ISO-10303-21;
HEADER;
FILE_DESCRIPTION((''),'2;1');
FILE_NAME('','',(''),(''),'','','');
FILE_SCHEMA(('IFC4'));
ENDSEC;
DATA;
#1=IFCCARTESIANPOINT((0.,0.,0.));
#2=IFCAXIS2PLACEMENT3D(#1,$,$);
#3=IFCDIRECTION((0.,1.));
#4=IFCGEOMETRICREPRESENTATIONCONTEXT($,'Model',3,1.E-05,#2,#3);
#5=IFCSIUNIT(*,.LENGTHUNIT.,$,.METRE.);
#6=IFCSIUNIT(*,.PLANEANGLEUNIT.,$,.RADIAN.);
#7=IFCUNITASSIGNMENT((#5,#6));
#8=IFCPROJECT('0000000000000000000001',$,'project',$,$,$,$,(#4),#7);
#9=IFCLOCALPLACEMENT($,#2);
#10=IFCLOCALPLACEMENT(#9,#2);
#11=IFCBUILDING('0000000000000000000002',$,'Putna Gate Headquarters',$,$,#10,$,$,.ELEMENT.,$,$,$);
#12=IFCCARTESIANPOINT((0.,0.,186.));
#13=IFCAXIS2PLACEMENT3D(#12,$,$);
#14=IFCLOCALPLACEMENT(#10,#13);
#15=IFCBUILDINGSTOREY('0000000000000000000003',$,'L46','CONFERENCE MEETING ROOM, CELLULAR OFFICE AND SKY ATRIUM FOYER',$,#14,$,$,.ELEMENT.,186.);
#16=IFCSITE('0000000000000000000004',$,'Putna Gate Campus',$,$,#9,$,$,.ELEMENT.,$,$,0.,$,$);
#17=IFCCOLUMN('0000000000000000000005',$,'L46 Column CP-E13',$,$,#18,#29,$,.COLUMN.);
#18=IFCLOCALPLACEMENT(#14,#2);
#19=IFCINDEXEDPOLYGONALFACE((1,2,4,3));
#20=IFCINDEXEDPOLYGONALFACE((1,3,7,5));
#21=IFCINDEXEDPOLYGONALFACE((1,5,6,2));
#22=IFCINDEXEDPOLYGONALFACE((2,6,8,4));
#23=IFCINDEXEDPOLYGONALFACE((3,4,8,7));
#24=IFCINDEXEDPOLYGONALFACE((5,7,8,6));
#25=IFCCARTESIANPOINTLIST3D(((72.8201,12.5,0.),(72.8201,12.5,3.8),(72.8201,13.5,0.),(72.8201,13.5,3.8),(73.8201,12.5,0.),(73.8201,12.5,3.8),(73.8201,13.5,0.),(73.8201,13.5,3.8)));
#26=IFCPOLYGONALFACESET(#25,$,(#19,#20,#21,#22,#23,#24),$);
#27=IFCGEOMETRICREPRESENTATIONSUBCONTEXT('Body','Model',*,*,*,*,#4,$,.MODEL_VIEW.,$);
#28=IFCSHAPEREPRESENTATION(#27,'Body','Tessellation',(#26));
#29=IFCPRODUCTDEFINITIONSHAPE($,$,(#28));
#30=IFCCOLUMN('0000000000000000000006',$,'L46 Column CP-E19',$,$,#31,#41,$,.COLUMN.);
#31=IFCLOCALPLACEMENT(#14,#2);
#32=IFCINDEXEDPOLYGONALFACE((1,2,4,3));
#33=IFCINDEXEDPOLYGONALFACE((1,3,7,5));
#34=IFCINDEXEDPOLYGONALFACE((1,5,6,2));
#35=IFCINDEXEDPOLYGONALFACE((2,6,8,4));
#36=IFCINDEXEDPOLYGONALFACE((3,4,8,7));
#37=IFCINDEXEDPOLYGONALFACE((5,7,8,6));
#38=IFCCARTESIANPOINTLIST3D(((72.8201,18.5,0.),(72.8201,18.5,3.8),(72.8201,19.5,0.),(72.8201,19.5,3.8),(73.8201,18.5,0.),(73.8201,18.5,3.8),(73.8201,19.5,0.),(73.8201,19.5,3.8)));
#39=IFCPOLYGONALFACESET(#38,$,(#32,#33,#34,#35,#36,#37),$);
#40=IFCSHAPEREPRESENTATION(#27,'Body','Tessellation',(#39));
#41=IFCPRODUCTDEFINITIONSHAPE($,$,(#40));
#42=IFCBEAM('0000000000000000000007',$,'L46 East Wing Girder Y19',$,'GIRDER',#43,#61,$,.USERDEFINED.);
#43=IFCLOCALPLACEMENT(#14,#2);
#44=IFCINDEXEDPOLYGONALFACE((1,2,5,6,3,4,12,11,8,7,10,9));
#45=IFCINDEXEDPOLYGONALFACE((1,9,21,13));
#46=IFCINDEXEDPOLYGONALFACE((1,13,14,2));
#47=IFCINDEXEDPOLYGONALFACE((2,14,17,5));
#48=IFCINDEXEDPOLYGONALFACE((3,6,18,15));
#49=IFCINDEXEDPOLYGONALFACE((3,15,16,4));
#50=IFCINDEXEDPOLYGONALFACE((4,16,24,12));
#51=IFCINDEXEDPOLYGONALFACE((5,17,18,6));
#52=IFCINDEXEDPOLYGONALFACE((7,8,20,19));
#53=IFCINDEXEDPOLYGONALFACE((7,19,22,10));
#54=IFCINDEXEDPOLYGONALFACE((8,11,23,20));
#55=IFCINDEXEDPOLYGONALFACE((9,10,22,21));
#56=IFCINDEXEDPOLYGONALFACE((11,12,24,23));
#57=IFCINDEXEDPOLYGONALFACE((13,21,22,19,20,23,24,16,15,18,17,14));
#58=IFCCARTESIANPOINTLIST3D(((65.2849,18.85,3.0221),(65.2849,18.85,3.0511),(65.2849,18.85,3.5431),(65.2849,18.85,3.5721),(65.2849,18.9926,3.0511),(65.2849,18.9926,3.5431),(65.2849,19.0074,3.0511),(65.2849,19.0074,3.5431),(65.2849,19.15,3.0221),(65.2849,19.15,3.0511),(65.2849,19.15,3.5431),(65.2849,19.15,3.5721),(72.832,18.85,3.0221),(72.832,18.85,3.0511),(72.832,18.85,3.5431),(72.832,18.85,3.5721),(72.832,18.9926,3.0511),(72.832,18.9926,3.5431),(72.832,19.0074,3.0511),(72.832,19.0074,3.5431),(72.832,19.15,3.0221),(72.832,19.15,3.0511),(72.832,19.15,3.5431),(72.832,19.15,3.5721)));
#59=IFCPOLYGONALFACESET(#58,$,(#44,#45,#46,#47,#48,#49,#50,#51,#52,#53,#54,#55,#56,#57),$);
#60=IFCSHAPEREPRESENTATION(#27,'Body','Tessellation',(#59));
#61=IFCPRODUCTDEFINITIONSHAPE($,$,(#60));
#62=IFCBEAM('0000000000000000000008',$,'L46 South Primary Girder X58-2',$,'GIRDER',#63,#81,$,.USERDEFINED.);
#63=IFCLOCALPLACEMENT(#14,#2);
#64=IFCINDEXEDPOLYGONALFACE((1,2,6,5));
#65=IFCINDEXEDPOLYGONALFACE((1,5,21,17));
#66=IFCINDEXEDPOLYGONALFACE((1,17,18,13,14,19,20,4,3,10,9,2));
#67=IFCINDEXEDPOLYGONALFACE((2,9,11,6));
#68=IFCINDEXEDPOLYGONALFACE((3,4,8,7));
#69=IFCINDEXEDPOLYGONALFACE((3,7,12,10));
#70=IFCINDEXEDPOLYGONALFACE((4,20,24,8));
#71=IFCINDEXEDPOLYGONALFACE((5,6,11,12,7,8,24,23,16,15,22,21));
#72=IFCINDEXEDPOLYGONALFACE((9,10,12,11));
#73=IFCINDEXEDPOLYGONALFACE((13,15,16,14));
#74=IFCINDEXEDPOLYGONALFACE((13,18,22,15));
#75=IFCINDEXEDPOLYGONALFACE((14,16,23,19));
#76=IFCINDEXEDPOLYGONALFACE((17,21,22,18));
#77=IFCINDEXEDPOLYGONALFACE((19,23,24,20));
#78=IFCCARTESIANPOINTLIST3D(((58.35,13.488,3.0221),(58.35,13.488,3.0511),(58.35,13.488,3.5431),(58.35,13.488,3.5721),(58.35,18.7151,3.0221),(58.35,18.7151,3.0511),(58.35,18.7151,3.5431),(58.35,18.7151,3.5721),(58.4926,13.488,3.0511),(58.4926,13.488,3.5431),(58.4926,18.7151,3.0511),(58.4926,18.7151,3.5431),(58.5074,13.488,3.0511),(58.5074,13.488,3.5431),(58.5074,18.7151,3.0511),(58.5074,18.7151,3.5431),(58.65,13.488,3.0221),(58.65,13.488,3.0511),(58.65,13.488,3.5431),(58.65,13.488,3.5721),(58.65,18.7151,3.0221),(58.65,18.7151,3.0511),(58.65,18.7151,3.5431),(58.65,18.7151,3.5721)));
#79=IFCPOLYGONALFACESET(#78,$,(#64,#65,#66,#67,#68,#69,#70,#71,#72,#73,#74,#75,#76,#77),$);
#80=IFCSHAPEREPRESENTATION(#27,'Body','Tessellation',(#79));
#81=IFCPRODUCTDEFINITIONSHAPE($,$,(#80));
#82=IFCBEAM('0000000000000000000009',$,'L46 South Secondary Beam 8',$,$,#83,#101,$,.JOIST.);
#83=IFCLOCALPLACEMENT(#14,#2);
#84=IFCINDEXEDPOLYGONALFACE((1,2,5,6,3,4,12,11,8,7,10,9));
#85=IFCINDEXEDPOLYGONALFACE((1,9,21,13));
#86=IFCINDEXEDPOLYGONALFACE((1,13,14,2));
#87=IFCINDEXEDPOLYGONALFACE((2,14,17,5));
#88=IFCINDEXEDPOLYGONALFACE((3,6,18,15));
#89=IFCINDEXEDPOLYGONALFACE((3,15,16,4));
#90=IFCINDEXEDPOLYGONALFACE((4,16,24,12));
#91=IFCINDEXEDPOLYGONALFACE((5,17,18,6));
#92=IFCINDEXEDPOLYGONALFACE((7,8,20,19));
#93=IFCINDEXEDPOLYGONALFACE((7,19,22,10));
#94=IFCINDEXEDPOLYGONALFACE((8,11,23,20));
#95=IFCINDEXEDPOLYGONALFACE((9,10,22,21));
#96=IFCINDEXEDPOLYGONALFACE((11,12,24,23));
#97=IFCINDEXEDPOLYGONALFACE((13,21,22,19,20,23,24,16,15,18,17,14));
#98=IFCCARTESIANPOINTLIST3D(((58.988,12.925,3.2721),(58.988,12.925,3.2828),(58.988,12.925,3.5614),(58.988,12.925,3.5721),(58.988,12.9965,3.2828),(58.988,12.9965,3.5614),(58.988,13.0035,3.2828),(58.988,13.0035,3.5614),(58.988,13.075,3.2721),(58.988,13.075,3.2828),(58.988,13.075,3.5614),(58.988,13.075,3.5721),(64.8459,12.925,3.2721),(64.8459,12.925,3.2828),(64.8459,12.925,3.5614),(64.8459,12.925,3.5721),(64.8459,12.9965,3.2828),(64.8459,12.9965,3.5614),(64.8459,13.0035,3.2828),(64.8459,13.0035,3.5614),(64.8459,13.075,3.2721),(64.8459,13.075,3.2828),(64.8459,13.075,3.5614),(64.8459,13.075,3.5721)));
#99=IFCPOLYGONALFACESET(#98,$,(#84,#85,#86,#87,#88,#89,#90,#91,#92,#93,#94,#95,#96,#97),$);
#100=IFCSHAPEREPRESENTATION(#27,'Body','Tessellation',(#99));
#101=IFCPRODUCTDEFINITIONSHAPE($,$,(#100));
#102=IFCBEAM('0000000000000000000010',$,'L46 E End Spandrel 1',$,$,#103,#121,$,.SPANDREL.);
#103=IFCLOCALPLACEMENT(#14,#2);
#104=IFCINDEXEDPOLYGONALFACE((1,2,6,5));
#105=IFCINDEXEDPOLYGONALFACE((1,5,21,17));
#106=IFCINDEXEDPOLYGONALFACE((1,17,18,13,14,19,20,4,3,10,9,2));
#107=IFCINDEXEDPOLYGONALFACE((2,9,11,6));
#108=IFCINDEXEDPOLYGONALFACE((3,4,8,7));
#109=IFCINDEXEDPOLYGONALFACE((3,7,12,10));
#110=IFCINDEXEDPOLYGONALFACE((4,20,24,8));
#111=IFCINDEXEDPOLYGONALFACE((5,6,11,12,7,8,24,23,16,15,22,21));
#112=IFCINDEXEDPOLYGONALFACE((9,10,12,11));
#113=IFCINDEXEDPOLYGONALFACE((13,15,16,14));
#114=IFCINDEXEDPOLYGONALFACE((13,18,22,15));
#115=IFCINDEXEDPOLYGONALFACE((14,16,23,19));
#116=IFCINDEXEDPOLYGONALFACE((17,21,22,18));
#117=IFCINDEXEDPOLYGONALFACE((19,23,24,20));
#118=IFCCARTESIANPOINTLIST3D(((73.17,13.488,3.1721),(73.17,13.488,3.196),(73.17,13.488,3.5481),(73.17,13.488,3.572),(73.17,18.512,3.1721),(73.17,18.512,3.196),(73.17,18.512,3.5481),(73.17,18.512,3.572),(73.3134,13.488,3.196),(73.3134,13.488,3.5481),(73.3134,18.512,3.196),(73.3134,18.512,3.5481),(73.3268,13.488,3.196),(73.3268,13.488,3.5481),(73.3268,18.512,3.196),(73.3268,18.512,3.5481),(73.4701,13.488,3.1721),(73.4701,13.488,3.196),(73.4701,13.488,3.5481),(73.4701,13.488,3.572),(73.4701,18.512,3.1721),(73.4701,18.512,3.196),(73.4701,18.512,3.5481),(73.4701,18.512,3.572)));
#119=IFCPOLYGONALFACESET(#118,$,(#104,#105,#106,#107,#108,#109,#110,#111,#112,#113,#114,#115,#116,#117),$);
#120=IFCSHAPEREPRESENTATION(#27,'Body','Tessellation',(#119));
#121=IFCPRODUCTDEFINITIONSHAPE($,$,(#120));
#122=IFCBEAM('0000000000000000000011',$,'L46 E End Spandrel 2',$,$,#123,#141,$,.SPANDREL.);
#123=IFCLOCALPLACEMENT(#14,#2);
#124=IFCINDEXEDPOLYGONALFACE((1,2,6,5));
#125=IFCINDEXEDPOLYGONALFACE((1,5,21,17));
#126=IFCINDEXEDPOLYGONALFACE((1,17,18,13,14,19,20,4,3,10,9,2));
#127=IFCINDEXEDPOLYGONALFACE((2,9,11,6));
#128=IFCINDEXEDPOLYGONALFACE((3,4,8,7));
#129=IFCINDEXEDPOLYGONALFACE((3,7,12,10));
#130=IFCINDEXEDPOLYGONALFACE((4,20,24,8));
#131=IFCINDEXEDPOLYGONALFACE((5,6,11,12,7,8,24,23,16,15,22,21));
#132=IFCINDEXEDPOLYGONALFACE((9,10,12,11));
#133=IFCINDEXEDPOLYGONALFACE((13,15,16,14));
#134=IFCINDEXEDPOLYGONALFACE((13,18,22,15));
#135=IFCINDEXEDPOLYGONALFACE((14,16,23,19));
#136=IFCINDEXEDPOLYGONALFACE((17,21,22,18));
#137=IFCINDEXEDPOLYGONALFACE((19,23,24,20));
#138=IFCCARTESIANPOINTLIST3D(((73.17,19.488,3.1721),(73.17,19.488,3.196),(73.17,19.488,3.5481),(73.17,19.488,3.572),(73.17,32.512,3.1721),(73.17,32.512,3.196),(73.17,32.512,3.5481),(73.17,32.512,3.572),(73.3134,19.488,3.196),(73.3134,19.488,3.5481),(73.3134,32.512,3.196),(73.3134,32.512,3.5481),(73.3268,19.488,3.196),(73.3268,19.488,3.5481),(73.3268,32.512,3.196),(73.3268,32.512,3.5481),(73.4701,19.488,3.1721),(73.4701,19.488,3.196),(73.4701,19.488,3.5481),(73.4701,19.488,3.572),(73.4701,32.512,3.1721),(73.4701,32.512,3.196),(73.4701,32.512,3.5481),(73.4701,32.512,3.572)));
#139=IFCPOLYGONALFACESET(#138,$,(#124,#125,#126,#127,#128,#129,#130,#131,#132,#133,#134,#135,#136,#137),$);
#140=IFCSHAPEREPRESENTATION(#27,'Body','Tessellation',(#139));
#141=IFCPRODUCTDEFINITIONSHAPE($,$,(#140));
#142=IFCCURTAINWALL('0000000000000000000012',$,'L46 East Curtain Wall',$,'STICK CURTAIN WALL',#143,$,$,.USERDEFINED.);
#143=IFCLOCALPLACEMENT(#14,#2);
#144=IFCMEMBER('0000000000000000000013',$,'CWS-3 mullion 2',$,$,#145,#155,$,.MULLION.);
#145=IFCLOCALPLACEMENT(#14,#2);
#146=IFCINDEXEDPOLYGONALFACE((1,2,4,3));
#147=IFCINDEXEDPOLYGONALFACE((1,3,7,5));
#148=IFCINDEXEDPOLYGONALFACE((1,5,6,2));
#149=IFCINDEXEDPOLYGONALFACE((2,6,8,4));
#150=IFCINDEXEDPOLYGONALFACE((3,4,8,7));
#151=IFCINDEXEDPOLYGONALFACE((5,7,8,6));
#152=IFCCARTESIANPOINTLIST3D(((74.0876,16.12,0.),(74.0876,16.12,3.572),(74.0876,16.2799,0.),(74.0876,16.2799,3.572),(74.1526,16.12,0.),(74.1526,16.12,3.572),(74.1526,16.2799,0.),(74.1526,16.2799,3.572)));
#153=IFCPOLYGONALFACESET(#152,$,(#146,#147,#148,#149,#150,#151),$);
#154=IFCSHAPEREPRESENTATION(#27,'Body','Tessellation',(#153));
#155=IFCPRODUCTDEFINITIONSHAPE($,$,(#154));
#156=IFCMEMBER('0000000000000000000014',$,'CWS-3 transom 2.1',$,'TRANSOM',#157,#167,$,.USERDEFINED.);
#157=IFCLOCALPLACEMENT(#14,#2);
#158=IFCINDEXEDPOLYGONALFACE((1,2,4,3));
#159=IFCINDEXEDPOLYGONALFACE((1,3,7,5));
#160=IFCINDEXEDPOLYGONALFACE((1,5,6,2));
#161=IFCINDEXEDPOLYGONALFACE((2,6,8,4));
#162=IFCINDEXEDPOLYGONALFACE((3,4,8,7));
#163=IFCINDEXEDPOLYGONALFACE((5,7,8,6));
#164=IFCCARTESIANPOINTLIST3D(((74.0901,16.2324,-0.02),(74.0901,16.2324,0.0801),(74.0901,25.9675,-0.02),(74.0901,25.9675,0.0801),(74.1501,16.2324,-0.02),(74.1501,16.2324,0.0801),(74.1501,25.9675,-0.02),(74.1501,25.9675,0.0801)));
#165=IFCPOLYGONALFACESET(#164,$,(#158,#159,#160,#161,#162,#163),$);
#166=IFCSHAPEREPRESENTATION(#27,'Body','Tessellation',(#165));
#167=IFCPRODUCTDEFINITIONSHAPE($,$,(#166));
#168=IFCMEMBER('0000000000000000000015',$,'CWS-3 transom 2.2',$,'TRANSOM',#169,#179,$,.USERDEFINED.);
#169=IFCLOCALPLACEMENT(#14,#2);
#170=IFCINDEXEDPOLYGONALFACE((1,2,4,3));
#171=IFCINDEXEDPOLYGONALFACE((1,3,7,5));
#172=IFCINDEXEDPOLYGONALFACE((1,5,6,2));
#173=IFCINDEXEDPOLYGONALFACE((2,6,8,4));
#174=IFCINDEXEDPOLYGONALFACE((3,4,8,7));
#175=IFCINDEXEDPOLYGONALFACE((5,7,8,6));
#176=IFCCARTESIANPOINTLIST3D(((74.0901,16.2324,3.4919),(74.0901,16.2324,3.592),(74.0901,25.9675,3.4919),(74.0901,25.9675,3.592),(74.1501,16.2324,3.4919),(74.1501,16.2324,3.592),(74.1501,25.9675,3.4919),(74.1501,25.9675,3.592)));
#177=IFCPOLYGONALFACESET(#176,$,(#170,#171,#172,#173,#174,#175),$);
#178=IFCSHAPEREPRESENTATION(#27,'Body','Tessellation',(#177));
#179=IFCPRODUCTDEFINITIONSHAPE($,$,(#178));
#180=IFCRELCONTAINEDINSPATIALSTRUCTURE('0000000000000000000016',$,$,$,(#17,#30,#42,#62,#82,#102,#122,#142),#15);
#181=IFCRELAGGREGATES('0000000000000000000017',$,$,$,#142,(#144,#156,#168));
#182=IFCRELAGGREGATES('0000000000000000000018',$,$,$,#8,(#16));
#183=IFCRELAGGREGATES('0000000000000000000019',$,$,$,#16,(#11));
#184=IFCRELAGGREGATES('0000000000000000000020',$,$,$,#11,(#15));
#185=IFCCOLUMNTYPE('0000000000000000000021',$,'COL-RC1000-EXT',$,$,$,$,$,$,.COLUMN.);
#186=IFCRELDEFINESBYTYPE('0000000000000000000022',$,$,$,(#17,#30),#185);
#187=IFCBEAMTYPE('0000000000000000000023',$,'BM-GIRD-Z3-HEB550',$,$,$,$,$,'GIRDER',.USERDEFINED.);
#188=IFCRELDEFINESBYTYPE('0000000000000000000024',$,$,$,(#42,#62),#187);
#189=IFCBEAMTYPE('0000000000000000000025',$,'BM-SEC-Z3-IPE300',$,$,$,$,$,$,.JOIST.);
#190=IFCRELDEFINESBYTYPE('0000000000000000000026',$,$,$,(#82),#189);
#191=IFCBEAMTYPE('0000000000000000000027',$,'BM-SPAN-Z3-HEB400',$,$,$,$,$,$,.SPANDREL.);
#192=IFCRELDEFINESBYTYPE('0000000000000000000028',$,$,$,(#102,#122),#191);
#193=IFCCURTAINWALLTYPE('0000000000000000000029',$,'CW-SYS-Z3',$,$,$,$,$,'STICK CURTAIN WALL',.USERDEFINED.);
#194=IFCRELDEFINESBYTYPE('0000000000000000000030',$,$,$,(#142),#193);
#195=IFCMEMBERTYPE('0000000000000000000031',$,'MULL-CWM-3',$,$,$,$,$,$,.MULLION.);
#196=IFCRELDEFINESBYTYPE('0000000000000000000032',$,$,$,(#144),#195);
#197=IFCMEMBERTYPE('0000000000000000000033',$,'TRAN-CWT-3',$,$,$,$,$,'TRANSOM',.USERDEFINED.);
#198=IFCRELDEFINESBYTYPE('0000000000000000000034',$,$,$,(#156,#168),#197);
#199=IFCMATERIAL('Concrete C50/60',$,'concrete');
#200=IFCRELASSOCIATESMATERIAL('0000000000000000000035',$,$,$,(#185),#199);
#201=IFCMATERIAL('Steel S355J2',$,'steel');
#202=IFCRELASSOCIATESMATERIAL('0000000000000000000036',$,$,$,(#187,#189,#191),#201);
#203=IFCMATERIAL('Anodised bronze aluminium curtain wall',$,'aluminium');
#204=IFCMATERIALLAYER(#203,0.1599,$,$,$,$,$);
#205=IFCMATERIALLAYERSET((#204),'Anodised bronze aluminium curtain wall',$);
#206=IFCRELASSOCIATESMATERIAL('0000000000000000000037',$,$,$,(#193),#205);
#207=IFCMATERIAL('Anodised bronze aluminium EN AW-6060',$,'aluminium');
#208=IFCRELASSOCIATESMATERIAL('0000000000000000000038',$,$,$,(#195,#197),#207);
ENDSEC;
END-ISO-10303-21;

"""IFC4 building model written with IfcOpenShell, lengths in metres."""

from ifc_helpers import new_model, si_unit, direction, frame, origin, origin_2d, place, context, subcontext, project, spatial, rectangle, i_section, extrude, material, layer, layer_set, material_profile, profile_set, type_object, element, aggregate, save


model = new_model("IFC4")

# Units and contexts
model_context = context("Model", 3, precision=1e-05, world=origin(), true_north=direction((0.0, 1.0)))
body_context = subcontext(model_context, "Body", "Model", "MODEL_VIEW")
ifc_project = project(units=[si_unit("LENGTHUNIT", "METRE"), si_unit("PLANEANGLEUNIT", "RADIAN")], contexts=[model_context])

# Site, building, storey
site_placement = place(None, origin())
site = spatial("IfcSite", under=ifc_project, at=site_placement, Name="Putna Gate Campus", CompositionType="ELEMENT", RefElevation=0.0)
building_placement = place(site_placement, origin())
building = spatial("IfcBuilding", under=site, at=building_placement, Name="Putna Gate Headquarters", CompositionType="ELEMENT")
storey_placement = place(building_placement, frame((0.0, 0.0, 186.0)))
storey = spatial("IfcBuildingStorey", under=building, at=storey_placement, Name="L46", Description="CONFERENCE MEETING ROOM, CELLULAR OFFICE AND SKY ATRIUM FOYER", CompositionType="ELEMENT", Elevation=186.0)

# Columns
ifc_material_1 = material(Name="Concrete C50/60", Category="concrete")
ifc_material_profile_1 = material_profile(ifc_material_1, rectangle(XDim=1.0, YDim=1.0, at=origin_2d()), Name="Concrete C50/60")
ifc_profile_set_1 = profile_set([ifc_material_profile_1], Name="Concrete C50/60")
column_type = type_object("IfcColumnType", Name="COL-RC1000-EXT", PredefinedType="COLUMN", material=ifc_profile_set_1)
for number, where, z_axis, x_axis, name in (
    (1, (73.3201, 13.0, 0.0), (0.0, 0.0, 1.0), (1.0, 0.0, 0.0), "L46 Column CP-E13"),
    (2, (73.3201, 19.0, 0.0), (0.0, 0.0, 1.0), (1.0, 0.0, 0.0), "L46 Column CP-E19"),
):
    element("IfcColumn", number, at=place(storey_placement, frame(where, z_axis=z_axis, x_axis=x_axis)), inside=storey, type_object=column_type, Name=name, PredefinedType="COLUMN", context=body_context, shape_type="SweptSolid", body=[
        extrude(rectangle(XDim=1.0, YDim=1.0, at=origin_2d()), origin(), (0.0, 0.0, 1.0), 3.8),
    ])

# Beams
ifc_material_2 = material(Name="Steel S355J2", Category="steel")
ifc_material_profile_2 = material_profile(ifc_material_2, i_section(OverallWidth=0.3, OverallDepth=0.55, WebThickness=0.0149, FlangeThickness=0.0291, at=origin_2d()), Name="Steel S355J2")
ifc_profile_set_2 = profile_set([ifc_material_profile_2], Name="Steel S355J2")
beam_type_1 = type_object("IfcBeamType", Name="BM-GIRD-Z3-HEB550", ElementType="GIRDER", PredefinedType="USERDEFINED", material=ifc_profile_set_2)
beam_1_placement = place(storey_placement, frame((65.2849, 19.0, 3.2971), z_axis=(1.0, 0.0, 0.0), x_axis=(0.0, 1.0, 0.0)))
element("IfcBeam", 3, at=beam_1_placement, inside=storey, type_object=beam_type_1, Name="L46 East Wing Girder Y19", ObjectType="GIRDER", PredefinedType="USERDEFINED", context=body_context, shape_type="SweptSolid", body=[
    extrude(i_section(OverallWidth=0.3, OverallDepth=0.55, WebThickness=0.0149, FlangeThickness=0.0291, at=origin_2d()), origin(), (0.0, 0.0, 1.0), 7.5471),
])
beam_2_placement = place(storey_placement, frame((58.5, 13.488, 3.2971), z_axis=(0.0, 1.0, 0.0), x_axis=(-1.0, 0.0, 0.0)))
element("IfcBeam", 4, at=beam_2_placement, inside=storey, type_object=beam_type_1, Name="L46 South Primary Girder X58-2", ObjectType="GIRDER", PredefinedType="USERDEFINED", context=body_context, shape_type="SweptSolid", body=[
    extrude(i_section(OverallWidth=0.3, OverallDepth=0.55, WebThickness=0.0149, FlangeThickness=0.0291, at=origin_2d()), origin(), (0.0, 0.0, 1.0), 5.2271),
])
ifc_material_profile_3 = material_profile(ifc_material_2, i_section(OverallWidth=0.1499, OverallDepth=0.3, WebThickness=0.0071, FlangeThickness=0.0107, at=origin_2d()), Name="Steel S355J2")
ifc_profile_set_3 = profile_set([ifc_material_profile_3], Name="Steel S355J2")
beam_type_2 = type_object("IfcBeamType", Name="BM-SEC-Z3-IPE300", PredefinedType="JOIST", material=ifc_profile_set_3)
beam_3_placement = place(storey_placement, frame((58.988, 13.0, 3.4221), z_axis=(1.0, 0.0, 0.0), x_axis=(0.0, 1.0, 0.0)))
element("IfcBeam", 5, at=beam_3_placement, inside=storey, type_object=beam_type_2, Name="L46 South Secondary Beam 8", PredefinedType="JOIST", context=body_context, shape_type="SweptSolid", body=[
    extrude(i_section(OverallWidth=0.1499, OverallDepth=0.3, WebThickness=0.0071, FlangeThickness=0.0107, at=origin_2d()), origin(), (0.0, 0.0, 1.0), 5.8579),
])
ifc_material_profile_4 = material_profile(ifc_material_2, i_section(OverallWidth=0.3, OverallDepth=0.3999, WebThickness=0.0134, FlangeThickness=0.0239, at=origin_2d()), Name="Steel S355J2")
ifc_profile_set_4 = profile_set([ifc_material_profile_4], Name="Steel S355J2")
beam_type_3 = type_object("IfcBeamType", Name="BM-SPAN-Z3-HEB400", PredefinedType="SPANDREL", material=ifc_profile_set_4)
beam_4_placement = place(storey_placement, frame((73.3201, 13.488, 3.3721), z_axis=(0.0, 1.0, 0.0), x_axis=(-1.0, 0.0, 0.0)))
element("IfcBeam", 6, at=beam_4_placement, inside=storey, type_object=beam_type_3, Name="L46 E End Spandrel 1", PredefinedType="SPANDREL", context=body_context, shape_type="SweptSolid", body=[
    extrude(i_section(OverallWidth=0.3, OverallDepth=0.3999, WebThickness=0.0134, FlangeThickness=0.0239, at=origin_2d()), origin(), (0.0, 0.0, 1.0), 5.0239),
])
beam_5_placement = place(storey_placement, frame((73.3201, 19.488, 3.3721), z_axis=(0.0, 1.0, 0.0), x_axis=(-1.0, 0.0, 0.0)))
element("IfcBeam", 7, at=beam_5_placement, inside=storey, type_object=beam_type_3, Name="L46 E End Spandrel 2", PredefinedType="SPANDREL", context=body_context, shape_type="SweptSolid", body=[
    extrude(i_section(OverallWidth=0.3, OverallDepth=0.3999, WebThickness=0.0134, FlangeThickness=0.0239, at=origin_2d()), origin(), (0.0, 0.0, 1.0), 13.0239),
])

# Curtain wall, members
ifc_material_3 = material(Name="Anodised bronze aluminium curtain wall", Category="aluminium")
ifc_layer_1 = layer(ifc_material_3, 0.1599)
ifc_layer_set_1 = layer_set([ifc_layer_1], Name="Anodised bronze aluminium curtain wall")
curtain_wall_type = type_object("IfcCurtainWallType", Name="CW-SYS-Z3", ElementType="STICK CURTAIN WALL", PredefinedType="USERDEFINED", material=ifc_layer_set_1)
curtain_wall_placement = place(storey_placement, origin())
curtain_wall = element("IfcCurtainWall", 8, at=curtain_wall_placement, inside=storey, type_object=curtain_wall_type, Name="L46 East Curtain Wall", ObjectType="STICK CURTAIN WALL", PredefinedType="USERDEFINED")
ifc_material_4 = material(Name="Anodised bronze aluminium EN AW-6060", Category="aluminium")
ifc_material_profile_5 = material_profile(ifc_material_4, rectangle(XDim=0.0649, YDim=0.1599, at=origin_2d()), Name="Anodised bronze aluminium EN AW-6060")
ifc_profile_set_5 = profile_set([ifc_material_profile_5], Name="Anodised bronze aluminium EN AW-6060")
member_type_1 = type_object("IfcMemberType", Name="MULL-CWM-3", PredefinedType="MULLION", material=ifc_profile_set_5)
member_1_placement = place(storey_placement, frame((74.1201, 16.2, 0.0), z_axis=(0.0, 0.0, 1.0), x_axis=(-1.0, 0.0, 0.0)))
member_1 = element("IfcMember", 9, at=member_1_placement, type_object=member_type_1, Name="CWS-3 mullion 2", PredefinedType="MULLION", context=body_context, shape_type="SweptSolid", body=[
    extrude(rectangle(XDim=0.0649, YDim=0.1599, at=origin_2d()), origin(), (0.0, 0.0, 1.0), 3.572),
])
ifc_material_profile_6 = material_profile(ifc_material_4, rectangle(XDim=0.0601, YDim=0.1001, at=origin_2d()), Name="Anodised bronze aluminium EN AW-6060")
ifc_profile_set_6 = profile_set([ifc_material_profile_6], Name="Anodised bronze aluminium EN AW-6060")
member_type_2 = type_object("IfcMemberType", Name="TRAN-CWT-3", ElementType="TRANSOM", PredefinedType="USERDEFINED", material=ifc_profile_set_6)
member_2_placement = place(storey_placement, frame((74.1201, 16.2324, 0.03), z_axis=(0.0, 1.0, 0.0), x_axis=(-1.0, 0.0, 0.0)))
member_2 = element("IfcMember", 10, at=member_2_placement, type_object=member_type_2, Name="CWS-3 transom 2.1", ObjectType="TRANSOM", PredefinedType="USERDEFINED", context=body_context, shape_type="SweptSolid", body=[
    extrude(rectangle(XDim=0.0601, YDim=0.1001, at=origin_2d()), origin(), (0.0, 0.0, 1.0), 9.7351),
])
member_3_placement = place(storey_placement, frame((74.1201, 16.2324, 3.542), z_axis=(0.0, 1.0, 0.0), x_axis=(-1.0, 0.0, 0.0)))
member_3 = element("IfcMember", 11, at=member_3_placement, type_object=member_type_2, Name="CWS-3 transom 2.2", ObjectType="TRANSOM", PredefinedType="USERDEFINED", context=body_context, shape_type="SweptSolid", body=[
    extrude(rectangle(XDim=0.0601, YDim=0.1001, at=origin_2d()), origin(), (0.0, 0.0, 1.0), 9.7351),
])
aggregate(curtain_wall, [member_1, member_2, member_3])

save(model, "model.ifc")
